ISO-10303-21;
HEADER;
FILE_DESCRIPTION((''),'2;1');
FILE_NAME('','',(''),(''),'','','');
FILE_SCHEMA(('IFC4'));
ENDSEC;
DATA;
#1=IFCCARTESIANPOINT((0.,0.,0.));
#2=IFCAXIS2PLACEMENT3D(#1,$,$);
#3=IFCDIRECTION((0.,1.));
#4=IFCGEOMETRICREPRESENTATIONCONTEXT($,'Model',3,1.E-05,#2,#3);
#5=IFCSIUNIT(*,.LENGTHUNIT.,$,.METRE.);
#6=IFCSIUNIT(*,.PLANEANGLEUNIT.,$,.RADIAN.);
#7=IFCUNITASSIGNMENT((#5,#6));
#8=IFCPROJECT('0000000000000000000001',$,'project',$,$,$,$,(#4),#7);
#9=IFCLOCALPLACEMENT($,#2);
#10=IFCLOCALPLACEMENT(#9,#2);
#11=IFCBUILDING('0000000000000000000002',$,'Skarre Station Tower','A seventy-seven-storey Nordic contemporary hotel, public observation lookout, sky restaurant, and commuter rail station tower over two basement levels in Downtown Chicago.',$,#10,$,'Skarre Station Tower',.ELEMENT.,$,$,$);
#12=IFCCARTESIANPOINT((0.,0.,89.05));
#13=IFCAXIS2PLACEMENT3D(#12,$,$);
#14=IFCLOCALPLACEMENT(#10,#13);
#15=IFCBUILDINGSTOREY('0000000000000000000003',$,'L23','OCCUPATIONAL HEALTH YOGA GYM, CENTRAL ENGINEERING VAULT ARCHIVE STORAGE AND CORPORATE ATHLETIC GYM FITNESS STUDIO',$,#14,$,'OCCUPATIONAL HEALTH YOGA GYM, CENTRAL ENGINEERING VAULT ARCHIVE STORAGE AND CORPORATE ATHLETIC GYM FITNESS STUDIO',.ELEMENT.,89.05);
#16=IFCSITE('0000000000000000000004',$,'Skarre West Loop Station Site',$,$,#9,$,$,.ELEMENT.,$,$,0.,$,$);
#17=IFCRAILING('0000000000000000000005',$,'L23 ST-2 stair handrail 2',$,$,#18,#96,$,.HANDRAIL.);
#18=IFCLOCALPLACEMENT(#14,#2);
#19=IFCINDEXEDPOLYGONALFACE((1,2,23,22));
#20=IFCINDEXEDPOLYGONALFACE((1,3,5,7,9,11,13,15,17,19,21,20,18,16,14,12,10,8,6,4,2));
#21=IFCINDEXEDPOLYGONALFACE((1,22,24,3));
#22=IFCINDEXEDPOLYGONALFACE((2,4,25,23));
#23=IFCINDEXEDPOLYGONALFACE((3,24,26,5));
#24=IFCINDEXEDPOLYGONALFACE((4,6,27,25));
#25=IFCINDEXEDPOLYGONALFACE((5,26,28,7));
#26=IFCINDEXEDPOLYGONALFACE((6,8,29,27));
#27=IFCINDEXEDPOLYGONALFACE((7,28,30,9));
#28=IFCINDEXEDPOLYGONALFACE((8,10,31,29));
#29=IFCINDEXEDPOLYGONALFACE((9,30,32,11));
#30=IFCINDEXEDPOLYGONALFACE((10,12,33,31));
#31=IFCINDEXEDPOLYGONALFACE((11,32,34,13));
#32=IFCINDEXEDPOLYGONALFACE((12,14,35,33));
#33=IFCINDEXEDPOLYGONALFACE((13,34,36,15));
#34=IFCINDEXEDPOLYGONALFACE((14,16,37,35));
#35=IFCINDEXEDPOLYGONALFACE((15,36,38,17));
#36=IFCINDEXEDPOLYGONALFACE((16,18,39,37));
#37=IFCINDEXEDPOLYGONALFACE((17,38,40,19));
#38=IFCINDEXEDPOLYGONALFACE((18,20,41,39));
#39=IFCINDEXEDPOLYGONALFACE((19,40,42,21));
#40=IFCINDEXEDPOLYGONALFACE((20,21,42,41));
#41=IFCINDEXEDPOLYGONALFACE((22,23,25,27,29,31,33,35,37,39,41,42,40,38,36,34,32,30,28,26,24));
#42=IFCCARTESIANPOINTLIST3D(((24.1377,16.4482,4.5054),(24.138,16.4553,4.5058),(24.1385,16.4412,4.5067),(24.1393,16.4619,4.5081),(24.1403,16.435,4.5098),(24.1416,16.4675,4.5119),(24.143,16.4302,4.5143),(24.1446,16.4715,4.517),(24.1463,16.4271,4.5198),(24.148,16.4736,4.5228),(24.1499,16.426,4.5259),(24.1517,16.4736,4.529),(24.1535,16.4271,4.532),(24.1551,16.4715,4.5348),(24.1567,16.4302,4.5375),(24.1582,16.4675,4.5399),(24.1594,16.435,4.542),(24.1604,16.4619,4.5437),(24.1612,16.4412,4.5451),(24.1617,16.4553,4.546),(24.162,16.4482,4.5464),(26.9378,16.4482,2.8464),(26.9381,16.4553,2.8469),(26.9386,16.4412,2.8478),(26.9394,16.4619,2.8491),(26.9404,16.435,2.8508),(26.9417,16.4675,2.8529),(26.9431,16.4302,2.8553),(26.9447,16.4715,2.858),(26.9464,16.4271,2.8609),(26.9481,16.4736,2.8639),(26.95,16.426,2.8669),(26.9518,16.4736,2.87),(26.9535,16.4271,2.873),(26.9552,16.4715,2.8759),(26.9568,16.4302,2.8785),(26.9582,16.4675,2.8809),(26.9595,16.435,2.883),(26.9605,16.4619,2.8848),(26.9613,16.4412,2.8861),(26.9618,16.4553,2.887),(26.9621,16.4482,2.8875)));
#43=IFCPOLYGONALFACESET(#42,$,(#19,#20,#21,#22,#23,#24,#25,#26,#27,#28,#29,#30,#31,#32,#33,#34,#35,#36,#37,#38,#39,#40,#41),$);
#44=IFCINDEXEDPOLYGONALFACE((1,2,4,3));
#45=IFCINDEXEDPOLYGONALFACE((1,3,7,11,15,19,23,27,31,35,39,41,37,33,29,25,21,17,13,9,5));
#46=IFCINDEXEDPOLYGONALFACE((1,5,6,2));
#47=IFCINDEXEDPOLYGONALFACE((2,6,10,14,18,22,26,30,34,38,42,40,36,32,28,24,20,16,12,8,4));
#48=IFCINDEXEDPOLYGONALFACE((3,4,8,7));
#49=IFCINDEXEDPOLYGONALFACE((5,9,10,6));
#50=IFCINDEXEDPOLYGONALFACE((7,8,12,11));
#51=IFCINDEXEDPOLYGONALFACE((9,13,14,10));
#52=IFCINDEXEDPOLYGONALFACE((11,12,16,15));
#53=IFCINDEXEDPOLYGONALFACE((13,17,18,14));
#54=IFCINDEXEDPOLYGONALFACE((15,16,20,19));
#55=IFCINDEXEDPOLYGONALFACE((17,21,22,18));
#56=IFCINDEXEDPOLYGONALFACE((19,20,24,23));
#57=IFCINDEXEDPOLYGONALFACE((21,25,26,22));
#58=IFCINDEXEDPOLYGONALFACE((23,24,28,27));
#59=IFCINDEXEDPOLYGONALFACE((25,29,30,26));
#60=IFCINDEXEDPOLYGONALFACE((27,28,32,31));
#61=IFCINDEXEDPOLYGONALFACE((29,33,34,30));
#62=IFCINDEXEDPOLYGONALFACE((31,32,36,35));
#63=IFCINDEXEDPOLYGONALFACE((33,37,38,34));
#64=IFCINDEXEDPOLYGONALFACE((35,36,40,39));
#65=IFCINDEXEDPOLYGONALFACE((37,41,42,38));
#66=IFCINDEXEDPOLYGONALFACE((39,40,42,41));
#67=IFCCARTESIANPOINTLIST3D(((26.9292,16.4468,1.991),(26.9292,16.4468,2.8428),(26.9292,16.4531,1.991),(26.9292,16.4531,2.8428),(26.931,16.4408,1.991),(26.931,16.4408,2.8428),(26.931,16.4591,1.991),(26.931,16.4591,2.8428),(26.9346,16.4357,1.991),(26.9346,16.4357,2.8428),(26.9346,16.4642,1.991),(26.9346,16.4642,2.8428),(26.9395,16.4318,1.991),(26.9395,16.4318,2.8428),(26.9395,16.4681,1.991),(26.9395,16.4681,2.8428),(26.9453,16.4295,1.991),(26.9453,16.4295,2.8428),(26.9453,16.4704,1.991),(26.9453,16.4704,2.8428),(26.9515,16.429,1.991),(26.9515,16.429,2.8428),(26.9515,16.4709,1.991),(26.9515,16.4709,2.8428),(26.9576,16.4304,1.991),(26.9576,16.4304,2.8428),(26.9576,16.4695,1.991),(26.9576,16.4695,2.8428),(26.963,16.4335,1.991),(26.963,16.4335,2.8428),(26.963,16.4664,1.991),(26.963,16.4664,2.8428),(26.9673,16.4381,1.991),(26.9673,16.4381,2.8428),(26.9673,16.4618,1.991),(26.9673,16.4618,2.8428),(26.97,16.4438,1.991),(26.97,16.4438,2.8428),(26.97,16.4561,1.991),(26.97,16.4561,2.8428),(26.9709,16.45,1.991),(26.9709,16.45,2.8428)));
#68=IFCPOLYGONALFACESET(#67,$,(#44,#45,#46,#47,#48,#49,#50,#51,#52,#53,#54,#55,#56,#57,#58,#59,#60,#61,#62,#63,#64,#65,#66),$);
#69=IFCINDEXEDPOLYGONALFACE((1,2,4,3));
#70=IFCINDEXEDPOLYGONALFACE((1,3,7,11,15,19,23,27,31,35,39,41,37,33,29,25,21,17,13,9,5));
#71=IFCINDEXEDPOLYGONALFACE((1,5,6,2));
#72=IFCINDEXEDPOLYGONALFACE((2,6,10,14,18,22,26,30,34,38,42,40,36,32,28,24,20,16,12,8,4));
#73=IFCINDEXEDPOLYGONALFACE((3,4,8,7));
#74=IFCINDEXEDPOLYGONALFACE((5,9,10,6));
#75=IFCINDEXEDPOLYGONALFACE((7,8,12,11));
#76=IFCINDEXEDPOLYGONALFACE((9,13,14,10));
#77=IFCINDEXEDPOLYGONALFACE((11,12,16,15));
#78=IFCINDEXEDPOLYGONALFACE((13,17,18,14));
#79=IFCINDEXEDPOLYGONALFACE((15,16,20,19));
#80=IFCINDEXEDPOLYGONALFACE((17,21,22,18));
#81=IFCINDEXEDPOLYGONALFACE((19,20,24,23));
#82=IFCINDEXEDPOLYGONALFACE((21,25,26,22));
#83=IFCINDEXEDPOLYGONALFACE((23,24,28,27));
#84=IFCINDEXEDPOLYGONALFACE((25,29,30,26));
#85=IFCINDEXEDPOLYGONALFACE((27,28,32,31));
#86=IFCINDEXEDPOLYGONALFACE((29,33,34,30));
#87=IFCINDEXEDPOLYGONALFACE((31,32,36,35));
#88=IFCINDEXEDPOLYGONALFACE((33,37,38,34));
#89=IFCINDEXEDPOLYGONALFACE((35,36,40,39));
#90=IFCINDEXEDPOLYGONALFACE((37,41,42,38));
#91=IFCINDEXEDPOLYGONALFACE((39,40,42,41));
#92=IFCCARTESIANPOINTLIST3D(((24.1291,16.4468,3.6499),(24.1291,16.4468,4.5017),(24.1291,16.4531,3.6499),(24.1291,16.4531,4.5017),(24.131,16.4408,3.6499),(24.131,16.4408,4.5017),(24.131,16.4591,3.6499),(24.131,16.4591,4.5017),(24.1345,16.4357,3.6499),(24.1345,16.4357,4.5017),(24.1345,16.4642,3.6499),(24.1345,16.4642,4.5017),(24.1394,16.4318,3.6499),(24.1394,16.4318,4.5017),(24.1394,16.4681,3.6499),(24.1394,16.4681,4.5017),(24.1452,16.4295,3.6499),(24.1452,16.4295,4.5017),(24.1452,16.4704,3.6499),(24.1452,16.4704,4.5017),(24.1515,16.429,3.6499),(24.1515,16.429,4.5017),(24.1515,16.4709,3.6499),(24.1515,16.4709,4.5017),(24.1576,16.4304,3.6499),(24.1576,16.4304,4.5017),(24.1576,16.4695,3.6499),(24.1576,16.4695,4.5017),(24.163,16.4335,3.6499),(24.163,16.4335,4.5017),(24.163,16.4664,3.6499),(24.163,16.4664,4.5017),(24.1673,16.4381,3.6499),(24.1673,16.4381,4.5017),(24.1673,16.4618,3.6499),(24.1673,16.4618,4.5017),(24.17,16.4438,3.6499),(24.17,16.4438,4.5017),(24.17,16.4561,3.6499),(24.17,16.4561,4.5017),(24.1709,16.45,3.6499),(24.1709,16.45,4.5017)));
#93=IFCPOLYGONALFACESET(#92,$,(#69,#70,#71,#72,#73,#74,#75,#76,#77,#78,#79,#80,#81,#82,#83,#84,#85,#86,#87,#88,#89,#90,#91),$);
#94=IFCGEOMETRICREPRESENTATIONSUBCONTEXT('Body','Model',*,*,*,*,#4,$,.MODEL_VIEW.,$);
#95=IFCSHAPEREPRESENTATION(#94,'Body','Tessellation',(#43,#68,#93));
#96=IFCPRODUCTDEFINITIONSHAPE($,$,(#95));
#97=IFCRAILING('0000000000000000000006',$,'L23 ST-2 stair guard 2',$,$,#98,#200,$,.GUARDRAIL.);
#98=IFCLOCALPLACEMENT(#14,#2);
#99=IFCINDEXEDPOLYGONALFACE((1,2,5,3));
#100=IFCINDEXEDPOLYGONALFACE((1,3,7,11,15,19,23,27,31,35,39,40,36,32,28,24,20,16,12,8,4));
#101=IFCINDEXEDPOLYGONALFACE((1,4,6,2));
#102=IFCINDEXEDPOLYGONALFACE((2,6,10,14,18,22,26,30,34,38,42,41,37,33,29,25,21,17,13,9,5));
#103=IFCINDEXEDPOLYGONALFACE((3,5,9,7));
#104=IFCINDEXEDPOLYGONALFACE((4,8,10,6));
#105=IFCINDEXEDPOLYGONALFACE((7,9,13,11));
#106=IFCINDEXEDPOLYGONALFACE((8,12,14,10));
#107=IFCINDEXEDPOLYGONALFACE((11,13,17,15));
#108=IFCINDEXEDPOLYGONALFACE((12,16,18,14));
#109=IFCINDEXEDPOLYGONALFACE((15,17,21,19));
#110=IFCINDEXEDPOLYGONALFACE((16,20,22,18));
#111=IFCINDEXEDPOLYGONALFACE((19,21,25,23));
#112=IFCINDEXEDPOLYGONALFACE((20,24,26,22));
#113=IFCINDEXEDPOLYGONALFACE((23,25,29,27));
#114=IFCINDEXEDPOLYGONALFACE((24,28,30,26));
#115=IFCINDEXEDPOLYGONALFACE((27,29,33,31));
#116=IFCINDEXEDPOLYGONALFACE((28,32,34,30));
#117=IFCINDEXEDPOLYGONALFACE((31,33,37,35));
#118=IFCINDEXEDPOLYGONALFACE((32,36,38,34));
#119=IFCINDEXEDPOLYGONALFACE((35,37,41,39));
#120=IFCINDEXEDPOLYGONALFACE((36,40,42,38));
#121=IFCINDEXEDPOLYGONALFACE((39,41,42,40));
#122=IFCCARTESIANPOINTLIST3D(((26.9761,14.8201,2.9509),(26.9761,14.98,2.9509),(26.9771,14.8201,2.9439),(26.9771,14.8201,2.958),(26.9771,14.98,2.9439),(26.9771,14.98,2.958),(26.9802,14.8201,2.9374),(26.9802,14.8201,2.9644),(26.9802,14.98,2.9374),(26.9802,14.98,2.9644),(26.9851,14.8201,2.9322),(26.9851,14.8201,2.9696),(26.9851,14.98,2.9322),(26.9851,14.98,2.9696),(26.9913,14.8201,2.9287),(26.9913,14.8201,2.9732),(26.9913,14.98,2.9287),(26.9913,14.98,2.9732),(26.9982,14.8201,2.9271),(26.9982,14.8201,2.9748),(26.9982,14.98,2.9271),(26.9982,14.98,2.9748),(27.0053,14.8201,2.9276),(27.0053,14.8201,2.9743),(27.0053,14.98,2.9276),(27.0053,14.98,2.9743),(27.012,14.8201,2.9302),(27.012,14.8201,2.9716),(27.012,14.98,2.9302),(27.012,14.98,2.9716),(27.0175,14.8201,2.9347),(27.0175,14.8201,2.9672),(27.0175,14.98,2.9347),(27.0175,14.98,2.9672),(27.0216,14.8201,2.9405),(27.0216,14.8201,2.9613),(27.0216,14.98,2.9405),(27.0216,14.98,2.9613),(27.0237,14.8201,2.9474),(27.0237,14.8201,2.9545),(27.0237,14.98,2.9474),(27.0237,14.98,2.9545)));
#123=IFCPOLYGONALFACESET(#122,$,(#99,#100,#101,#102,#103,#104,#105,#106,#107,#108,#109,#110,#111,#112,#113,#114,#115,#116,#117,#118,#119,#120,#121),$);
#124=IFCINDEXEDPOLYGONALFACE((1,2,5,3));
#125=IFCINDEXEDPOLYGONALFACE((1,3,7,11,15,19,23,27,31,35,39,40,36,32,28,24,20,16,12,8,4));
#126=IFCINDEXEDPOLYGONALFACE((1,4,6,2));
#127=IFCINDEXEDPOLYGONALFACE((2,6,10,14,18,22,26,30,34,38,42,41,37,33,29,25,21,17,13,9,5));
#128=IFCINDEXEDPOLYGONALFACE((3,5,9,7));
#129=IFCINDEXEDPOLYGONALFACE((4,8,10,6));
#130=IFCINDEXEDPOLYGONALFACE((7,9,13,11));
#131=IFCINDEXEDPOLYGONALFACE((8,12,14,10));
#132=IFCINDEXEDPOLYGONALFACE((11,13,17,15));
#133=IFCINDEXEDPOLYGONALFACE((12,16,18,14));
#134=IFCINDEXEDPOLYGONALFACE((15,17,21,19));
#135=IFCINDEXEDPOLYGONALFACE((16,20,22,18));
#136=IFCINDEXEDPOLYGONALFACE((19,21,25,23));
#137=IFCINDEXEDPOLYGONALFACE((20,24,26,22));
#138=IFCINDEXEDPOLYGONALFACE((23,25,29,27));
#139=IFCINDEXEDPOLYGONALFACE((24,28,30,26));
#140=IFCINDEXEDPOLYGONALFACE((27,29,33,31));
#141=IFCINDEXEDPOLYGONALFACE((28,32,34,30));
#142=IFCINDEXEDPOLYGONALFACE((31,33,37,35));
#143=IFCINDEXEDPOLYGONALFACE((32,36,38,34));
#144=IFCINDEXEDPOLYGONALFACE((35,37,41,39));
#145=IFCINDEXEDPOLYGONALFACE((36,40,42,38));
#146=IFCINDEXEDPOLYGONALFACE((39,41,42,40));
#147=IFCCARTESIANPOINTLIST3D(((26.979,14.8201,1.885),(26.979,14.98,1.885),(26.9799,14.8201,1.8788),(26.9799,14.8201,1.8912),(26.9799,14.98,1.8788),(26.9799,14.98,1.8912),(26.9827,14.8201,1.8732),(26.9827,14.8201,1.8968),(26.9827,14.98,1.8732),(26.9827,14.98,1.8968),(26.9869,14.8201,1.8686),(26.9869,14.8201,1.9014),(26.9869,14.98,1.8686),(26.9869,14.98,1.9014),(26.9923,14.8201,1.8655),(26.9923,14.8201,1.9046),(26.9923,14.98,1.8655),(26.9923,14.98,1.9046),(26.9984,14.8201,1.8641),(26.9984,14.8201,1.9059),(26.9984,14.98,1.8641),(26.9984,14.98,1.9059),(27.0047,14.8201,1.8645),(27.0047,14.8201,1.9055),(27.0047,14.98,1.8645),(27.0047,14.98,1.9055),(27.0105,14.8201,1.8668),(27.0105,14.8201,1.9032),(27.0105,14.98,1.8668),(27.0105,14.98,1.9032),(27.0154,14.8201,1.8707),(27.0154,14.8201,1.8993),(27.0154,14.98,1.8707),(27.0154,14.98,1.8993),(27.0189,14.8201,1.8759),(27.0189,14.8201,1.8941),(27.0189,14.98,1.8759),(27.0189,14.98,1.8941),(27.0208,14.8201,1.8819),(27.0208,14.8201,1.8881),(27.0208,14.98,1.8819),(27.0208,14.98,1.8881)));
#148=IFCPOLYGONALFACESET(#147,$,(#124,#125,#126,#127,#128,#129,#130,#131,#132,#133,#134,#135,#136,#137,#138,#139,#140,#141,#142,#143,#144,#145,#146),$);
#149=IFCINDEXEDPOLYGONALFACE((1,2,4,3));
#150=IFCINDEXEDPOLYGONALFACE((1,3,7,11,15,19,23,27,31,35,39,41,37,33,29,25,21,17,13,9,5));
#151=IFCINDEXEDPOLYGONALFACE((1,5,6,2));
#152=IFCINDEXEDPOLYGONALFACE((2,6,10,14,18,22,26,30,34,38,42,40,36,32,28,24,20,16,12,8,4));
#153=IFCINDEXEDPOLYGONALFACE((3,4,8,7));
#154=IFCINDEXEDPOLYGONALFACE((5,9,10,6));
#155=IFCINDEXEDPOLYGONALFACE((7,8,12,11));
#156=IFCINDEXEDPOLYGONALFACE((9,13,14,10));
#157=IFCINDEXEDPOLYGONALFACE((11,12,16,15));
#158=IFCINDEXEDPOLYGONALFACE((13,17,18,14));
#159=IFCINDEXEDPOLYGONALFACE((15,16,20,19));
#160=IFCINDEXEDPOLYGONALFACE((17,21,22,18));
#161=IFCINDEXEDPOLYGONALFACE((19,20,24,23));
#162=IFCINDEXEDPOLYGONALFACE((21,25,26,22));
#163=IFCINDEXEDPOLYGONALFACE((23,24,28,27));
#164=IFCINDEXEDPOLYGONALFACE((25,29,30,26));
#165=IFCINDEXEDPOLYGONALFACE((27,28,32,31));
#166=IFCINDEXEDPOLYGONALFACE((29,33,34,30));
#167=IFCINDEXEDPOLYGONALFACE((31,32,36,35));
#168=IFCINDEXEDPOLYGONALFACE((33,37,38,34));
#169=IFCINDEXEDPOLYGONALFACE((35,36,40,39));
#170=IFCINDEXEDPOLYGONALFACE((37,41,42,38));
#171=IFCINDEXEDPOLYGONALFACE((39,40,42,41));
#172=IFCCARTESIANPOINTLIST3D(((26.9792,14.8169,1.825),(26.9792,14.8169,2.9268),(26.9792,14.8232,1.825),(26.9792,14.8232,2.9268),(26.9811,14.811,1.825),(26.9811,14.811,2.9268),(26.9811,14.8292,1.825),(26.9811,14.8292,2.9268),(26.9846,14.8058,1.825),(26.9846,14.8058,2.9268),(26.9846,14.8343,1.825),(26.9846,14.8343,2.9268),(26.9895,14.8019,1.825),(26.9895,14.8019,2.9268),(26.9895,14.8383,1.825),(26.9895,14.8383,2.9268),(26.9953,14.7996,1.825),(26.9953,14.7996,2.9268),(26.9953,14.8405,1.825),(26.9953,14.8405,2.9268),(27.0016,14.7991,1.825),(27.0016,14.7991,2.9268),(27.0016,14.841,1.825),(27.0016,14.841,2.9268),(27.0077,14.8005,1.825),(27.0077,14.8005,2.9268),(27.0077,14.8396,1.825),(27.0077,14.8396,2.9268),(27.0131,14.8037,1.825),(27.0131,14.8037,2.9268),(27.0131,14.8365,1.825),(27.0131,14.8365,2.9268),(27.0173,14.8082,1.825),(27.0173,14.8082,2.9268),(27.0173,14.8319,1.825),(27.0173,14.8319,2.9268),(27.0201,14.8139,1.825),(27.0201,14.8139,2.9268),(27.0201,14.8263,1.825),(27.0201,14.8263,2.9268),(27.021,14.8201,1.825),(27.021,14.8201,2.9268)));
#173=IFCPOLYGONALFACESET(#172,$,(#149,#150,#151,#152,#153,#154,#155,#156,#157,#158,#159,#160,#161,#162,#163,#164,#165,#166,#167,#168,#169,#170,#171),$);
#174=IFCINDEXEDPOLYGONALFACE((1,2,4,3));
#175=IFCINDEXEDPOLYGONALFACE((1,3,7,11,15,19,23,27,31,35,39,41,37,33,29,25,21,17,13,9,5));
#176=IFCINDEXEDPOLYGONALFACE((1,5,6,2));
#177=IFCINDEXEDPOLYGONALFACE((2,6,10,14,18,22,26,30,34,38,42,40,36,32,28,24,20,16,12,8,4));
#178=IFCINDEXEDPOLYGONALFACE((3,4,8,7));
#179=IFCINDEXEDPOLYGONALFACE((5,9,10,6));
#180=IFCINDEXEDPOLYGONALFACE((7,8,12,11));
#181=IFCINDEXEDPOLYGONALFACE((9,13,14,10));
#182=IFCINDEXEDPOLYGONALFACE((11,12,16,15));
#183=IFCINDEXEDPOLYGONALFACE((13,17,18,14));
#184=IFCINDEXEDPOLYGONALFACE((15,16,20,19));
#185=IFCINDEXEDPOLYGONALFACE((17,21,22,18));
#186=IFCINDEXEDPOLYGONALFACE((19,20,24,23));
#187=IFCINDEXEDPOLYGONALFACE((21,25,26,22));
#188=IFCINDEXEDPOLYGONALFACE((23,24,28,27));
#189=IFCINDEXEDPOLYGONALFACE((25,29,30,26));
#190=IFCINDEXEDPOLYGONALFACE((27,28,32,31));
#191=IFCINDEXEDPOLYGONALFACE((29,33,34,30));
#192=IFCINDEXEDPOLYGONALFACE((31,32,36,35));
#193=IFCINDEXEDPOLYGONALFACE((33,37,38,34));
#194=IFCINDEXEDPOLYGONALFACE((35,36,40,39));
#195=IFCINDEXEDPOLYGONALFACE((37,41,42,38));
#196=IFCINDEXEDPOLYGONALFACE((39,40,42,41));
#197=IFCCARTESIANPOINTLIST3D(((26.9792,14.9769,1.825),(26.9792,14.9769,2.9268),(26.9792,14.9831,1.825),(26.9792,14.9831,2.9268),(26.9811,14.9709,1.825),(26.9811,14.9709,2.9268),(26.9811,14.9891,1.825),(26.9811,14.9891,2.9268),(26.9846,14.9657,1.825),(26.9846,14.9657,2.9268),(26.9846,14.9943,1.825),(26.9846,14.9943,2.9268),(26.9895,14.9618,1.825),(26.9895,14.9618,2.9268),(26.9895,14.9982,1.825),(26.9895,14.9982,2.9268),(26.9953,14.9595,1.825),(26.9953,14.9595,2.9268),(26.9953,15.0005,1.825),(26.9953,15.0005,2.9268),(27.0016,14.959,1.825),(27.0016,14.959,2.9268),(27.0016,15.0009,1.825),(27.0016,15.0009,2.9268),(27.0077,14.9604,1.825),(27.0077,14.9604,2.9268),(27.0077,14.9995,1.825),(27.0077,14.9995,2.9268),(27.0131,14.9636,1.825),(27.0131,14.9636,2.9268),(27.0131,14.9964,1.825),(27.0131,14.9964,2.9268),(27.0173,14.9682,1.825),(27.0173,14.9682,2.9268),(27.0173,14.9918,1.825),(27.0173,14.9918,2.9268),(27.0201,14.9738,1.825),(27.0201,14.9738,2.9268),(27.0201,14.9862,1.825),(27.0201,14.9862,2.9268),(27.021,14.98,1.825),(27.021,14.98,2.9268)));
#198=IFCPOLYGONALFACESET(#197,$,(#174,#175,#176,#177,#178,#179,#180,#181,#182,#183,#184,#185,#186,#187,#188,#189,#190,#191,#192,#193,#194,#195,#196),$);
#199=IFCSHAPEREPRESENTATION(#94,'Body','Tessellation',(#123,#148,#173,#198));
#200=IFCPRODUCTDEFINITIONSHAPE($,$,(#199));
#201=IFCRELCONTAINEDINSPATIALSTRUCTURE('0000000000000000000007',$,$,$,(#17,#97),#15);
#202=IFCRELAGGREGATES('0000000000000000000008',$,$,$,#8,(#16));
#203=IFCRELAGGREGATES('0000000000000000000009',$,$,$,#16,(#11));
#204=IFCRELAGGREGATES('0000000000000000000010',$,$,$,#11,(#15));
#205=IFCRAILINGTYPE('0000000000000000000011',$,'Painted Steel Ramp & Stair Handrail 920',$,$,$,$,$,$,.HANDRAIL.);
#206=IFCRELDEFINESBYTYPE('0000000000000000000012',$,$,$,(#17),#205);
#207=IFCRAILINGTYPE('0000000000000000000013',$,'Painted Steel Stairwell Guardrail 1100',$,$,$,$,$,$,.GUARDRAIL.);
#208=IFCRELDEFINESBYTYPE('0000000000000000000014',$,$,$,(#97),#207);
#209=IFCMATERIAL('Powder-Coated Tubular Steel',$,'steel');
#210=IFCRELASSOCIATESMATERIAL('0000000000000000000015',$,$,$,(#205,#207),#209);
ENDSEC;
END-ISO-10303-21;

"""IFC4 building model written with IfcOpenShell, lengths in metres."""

from ifc_helpers import new_model, si_unit, direction, frame, origin, origin_2d, place, context, subcontext, project, spatial, circle, extrude, material, type_object, element, save


model = new_model("IFC4")

# Units and contexts
model_context = context("Model", 3, precision=1e-05, world=origin(), true_north=direction((0.0, 1.0)))
body_context = subcontext(model_context, "Body", "Model", "MODEL_VIEW")
ifc_project = project(units=[si_unit("LENGTHUNIT", "METRE"), si_unit("PLANEANGLEUNIT", "RADIAN")], contexts=[model_context])

# Site, building, storey
site_placement = place(None, origin())
site = spatial("IfcSite", under=ifc_project, at=site_placement, Name="Skarre West Loop Station Site", CompositionType="ELEMENT", RefElevation=0.0)
building_placement = place(site_placement, origin())
building = spatial("IfcBuilding", under=site, at=building_placement, Name="Skarre Station Tower", Description="A seventy-seven-storey Nordic contemporary hotel, public observation lookout, sky restaurant, and commuter rail station tower over two basement levels in Downtown Chicago.", LongName="Skarre Station Tower", CompositionType="ELEMENT")
storey_placement = place(building_placement, frame((0.0, 0.0, 89.05)))
storey = spatial("IfcBuildingStorey", under=building, at=storey_placement, Name="L23", Description="OCCUPATIONAL HEALTH YOGA GYM, CENTRAL ENGINEERING VAULT ARCHIVE STORAGE AND CORPORATE ATHLETIC GYM FITNESS STUDIO", LongName="OCCUPATIONAL HEALTH YOGA GYM, CENTRAL ENGINEERING VAULT ARCHIVE STORAGE AND CORPORATE ATHLETIC GYM FITNESS STUDIO", CompositionType="ELEMENT", Elevation=89.05)

# Railings
ifc_material_1 = material(Name="Powder-Coated Tubular Steel", Category="steel")
railing_type_1 = type_object("IfcRailingType", Name="Painted Steel Ramp & Stair Handrail 920", PredefinedType="HANDRAIL", material=ifc_material_1)
railing_1_placement = place(storey_placement, frame((26.95, 16.45, 1.991)))
element("IfcRailing", 1, at=railing_1_placement, inside=storey, type_object=railing_type_1, Name="L23 ST-2 stair handrail 2", PredefinedType="HANDRAIL", context=body_context, shape_type="SweptSolid", body=[
    extrude(circle(Radius=0.0239, at=origin_2d()), frame((0.0, 0.0, 0.876), z_axis=(-0.860339, 0.0, 0.509722), x_axis=(0.0, -1.0, 0.0)), (0.0, 0.0, 1.0), 3.2546),
    extrude(circle(Radius=0.021, at=origin_2d()), origin(), (0.0, 0.0, 1.0), 0.8518),
    extrude(circle(Radius=0.021, at=origin_2d()), frame((-2.8, 0.0, 1.6589)), (0.0, 0.0, 1.0), 0.8518),
])
railing_type_2 = type_object("IfcRailingType", Name="Painted Steel Stairwell Guardrail 1100", PredefinedType="GUARDRAIL", material=ifc_material_1)
railing_2_placement = place(storey_placement, frame((27.0, 14.8201, 1.825)))
element("IfcRailing", 2, at=railing_2_placement, inside=storey, type_object=railing_type_2, Name="L23 ST-2 stair guard 2", PredefinedType="GUARDRAIL", context=body_context, shape_type="SweptSolid", body=[
    extrude(circle(Radius=0.0239, at=origin_2d()), frame((0.0, 0.0, 1.126), z_axis=(0.0, 1.0, 0.0), x_axis=(-1.0, 0.0, 0.0)), (0.0, 0.0, 1.0), 0.1599),
    extrude(circle(Radius=0.021, at=origin_2d()), frame((0.0, 0.0, 0.0601), z_axis=(0.0, 1.0, 0.0), x_axis=(-1.0, 0.0, 0.0)), (0.0, 0.0, 1.0), 0.1599),
    extrude(circle(Radius=0.021, at=origin_2d()), origin(), (0.0, 0.0, 1.0), 1.1018),
    extrude(circle(Radius=0.021, at=origin_2d()), frame((0.0, 0.1599, 0.0)), (0.0, 0.0, 1.0), 1.1018),
])

save(model, "model.ifc")
